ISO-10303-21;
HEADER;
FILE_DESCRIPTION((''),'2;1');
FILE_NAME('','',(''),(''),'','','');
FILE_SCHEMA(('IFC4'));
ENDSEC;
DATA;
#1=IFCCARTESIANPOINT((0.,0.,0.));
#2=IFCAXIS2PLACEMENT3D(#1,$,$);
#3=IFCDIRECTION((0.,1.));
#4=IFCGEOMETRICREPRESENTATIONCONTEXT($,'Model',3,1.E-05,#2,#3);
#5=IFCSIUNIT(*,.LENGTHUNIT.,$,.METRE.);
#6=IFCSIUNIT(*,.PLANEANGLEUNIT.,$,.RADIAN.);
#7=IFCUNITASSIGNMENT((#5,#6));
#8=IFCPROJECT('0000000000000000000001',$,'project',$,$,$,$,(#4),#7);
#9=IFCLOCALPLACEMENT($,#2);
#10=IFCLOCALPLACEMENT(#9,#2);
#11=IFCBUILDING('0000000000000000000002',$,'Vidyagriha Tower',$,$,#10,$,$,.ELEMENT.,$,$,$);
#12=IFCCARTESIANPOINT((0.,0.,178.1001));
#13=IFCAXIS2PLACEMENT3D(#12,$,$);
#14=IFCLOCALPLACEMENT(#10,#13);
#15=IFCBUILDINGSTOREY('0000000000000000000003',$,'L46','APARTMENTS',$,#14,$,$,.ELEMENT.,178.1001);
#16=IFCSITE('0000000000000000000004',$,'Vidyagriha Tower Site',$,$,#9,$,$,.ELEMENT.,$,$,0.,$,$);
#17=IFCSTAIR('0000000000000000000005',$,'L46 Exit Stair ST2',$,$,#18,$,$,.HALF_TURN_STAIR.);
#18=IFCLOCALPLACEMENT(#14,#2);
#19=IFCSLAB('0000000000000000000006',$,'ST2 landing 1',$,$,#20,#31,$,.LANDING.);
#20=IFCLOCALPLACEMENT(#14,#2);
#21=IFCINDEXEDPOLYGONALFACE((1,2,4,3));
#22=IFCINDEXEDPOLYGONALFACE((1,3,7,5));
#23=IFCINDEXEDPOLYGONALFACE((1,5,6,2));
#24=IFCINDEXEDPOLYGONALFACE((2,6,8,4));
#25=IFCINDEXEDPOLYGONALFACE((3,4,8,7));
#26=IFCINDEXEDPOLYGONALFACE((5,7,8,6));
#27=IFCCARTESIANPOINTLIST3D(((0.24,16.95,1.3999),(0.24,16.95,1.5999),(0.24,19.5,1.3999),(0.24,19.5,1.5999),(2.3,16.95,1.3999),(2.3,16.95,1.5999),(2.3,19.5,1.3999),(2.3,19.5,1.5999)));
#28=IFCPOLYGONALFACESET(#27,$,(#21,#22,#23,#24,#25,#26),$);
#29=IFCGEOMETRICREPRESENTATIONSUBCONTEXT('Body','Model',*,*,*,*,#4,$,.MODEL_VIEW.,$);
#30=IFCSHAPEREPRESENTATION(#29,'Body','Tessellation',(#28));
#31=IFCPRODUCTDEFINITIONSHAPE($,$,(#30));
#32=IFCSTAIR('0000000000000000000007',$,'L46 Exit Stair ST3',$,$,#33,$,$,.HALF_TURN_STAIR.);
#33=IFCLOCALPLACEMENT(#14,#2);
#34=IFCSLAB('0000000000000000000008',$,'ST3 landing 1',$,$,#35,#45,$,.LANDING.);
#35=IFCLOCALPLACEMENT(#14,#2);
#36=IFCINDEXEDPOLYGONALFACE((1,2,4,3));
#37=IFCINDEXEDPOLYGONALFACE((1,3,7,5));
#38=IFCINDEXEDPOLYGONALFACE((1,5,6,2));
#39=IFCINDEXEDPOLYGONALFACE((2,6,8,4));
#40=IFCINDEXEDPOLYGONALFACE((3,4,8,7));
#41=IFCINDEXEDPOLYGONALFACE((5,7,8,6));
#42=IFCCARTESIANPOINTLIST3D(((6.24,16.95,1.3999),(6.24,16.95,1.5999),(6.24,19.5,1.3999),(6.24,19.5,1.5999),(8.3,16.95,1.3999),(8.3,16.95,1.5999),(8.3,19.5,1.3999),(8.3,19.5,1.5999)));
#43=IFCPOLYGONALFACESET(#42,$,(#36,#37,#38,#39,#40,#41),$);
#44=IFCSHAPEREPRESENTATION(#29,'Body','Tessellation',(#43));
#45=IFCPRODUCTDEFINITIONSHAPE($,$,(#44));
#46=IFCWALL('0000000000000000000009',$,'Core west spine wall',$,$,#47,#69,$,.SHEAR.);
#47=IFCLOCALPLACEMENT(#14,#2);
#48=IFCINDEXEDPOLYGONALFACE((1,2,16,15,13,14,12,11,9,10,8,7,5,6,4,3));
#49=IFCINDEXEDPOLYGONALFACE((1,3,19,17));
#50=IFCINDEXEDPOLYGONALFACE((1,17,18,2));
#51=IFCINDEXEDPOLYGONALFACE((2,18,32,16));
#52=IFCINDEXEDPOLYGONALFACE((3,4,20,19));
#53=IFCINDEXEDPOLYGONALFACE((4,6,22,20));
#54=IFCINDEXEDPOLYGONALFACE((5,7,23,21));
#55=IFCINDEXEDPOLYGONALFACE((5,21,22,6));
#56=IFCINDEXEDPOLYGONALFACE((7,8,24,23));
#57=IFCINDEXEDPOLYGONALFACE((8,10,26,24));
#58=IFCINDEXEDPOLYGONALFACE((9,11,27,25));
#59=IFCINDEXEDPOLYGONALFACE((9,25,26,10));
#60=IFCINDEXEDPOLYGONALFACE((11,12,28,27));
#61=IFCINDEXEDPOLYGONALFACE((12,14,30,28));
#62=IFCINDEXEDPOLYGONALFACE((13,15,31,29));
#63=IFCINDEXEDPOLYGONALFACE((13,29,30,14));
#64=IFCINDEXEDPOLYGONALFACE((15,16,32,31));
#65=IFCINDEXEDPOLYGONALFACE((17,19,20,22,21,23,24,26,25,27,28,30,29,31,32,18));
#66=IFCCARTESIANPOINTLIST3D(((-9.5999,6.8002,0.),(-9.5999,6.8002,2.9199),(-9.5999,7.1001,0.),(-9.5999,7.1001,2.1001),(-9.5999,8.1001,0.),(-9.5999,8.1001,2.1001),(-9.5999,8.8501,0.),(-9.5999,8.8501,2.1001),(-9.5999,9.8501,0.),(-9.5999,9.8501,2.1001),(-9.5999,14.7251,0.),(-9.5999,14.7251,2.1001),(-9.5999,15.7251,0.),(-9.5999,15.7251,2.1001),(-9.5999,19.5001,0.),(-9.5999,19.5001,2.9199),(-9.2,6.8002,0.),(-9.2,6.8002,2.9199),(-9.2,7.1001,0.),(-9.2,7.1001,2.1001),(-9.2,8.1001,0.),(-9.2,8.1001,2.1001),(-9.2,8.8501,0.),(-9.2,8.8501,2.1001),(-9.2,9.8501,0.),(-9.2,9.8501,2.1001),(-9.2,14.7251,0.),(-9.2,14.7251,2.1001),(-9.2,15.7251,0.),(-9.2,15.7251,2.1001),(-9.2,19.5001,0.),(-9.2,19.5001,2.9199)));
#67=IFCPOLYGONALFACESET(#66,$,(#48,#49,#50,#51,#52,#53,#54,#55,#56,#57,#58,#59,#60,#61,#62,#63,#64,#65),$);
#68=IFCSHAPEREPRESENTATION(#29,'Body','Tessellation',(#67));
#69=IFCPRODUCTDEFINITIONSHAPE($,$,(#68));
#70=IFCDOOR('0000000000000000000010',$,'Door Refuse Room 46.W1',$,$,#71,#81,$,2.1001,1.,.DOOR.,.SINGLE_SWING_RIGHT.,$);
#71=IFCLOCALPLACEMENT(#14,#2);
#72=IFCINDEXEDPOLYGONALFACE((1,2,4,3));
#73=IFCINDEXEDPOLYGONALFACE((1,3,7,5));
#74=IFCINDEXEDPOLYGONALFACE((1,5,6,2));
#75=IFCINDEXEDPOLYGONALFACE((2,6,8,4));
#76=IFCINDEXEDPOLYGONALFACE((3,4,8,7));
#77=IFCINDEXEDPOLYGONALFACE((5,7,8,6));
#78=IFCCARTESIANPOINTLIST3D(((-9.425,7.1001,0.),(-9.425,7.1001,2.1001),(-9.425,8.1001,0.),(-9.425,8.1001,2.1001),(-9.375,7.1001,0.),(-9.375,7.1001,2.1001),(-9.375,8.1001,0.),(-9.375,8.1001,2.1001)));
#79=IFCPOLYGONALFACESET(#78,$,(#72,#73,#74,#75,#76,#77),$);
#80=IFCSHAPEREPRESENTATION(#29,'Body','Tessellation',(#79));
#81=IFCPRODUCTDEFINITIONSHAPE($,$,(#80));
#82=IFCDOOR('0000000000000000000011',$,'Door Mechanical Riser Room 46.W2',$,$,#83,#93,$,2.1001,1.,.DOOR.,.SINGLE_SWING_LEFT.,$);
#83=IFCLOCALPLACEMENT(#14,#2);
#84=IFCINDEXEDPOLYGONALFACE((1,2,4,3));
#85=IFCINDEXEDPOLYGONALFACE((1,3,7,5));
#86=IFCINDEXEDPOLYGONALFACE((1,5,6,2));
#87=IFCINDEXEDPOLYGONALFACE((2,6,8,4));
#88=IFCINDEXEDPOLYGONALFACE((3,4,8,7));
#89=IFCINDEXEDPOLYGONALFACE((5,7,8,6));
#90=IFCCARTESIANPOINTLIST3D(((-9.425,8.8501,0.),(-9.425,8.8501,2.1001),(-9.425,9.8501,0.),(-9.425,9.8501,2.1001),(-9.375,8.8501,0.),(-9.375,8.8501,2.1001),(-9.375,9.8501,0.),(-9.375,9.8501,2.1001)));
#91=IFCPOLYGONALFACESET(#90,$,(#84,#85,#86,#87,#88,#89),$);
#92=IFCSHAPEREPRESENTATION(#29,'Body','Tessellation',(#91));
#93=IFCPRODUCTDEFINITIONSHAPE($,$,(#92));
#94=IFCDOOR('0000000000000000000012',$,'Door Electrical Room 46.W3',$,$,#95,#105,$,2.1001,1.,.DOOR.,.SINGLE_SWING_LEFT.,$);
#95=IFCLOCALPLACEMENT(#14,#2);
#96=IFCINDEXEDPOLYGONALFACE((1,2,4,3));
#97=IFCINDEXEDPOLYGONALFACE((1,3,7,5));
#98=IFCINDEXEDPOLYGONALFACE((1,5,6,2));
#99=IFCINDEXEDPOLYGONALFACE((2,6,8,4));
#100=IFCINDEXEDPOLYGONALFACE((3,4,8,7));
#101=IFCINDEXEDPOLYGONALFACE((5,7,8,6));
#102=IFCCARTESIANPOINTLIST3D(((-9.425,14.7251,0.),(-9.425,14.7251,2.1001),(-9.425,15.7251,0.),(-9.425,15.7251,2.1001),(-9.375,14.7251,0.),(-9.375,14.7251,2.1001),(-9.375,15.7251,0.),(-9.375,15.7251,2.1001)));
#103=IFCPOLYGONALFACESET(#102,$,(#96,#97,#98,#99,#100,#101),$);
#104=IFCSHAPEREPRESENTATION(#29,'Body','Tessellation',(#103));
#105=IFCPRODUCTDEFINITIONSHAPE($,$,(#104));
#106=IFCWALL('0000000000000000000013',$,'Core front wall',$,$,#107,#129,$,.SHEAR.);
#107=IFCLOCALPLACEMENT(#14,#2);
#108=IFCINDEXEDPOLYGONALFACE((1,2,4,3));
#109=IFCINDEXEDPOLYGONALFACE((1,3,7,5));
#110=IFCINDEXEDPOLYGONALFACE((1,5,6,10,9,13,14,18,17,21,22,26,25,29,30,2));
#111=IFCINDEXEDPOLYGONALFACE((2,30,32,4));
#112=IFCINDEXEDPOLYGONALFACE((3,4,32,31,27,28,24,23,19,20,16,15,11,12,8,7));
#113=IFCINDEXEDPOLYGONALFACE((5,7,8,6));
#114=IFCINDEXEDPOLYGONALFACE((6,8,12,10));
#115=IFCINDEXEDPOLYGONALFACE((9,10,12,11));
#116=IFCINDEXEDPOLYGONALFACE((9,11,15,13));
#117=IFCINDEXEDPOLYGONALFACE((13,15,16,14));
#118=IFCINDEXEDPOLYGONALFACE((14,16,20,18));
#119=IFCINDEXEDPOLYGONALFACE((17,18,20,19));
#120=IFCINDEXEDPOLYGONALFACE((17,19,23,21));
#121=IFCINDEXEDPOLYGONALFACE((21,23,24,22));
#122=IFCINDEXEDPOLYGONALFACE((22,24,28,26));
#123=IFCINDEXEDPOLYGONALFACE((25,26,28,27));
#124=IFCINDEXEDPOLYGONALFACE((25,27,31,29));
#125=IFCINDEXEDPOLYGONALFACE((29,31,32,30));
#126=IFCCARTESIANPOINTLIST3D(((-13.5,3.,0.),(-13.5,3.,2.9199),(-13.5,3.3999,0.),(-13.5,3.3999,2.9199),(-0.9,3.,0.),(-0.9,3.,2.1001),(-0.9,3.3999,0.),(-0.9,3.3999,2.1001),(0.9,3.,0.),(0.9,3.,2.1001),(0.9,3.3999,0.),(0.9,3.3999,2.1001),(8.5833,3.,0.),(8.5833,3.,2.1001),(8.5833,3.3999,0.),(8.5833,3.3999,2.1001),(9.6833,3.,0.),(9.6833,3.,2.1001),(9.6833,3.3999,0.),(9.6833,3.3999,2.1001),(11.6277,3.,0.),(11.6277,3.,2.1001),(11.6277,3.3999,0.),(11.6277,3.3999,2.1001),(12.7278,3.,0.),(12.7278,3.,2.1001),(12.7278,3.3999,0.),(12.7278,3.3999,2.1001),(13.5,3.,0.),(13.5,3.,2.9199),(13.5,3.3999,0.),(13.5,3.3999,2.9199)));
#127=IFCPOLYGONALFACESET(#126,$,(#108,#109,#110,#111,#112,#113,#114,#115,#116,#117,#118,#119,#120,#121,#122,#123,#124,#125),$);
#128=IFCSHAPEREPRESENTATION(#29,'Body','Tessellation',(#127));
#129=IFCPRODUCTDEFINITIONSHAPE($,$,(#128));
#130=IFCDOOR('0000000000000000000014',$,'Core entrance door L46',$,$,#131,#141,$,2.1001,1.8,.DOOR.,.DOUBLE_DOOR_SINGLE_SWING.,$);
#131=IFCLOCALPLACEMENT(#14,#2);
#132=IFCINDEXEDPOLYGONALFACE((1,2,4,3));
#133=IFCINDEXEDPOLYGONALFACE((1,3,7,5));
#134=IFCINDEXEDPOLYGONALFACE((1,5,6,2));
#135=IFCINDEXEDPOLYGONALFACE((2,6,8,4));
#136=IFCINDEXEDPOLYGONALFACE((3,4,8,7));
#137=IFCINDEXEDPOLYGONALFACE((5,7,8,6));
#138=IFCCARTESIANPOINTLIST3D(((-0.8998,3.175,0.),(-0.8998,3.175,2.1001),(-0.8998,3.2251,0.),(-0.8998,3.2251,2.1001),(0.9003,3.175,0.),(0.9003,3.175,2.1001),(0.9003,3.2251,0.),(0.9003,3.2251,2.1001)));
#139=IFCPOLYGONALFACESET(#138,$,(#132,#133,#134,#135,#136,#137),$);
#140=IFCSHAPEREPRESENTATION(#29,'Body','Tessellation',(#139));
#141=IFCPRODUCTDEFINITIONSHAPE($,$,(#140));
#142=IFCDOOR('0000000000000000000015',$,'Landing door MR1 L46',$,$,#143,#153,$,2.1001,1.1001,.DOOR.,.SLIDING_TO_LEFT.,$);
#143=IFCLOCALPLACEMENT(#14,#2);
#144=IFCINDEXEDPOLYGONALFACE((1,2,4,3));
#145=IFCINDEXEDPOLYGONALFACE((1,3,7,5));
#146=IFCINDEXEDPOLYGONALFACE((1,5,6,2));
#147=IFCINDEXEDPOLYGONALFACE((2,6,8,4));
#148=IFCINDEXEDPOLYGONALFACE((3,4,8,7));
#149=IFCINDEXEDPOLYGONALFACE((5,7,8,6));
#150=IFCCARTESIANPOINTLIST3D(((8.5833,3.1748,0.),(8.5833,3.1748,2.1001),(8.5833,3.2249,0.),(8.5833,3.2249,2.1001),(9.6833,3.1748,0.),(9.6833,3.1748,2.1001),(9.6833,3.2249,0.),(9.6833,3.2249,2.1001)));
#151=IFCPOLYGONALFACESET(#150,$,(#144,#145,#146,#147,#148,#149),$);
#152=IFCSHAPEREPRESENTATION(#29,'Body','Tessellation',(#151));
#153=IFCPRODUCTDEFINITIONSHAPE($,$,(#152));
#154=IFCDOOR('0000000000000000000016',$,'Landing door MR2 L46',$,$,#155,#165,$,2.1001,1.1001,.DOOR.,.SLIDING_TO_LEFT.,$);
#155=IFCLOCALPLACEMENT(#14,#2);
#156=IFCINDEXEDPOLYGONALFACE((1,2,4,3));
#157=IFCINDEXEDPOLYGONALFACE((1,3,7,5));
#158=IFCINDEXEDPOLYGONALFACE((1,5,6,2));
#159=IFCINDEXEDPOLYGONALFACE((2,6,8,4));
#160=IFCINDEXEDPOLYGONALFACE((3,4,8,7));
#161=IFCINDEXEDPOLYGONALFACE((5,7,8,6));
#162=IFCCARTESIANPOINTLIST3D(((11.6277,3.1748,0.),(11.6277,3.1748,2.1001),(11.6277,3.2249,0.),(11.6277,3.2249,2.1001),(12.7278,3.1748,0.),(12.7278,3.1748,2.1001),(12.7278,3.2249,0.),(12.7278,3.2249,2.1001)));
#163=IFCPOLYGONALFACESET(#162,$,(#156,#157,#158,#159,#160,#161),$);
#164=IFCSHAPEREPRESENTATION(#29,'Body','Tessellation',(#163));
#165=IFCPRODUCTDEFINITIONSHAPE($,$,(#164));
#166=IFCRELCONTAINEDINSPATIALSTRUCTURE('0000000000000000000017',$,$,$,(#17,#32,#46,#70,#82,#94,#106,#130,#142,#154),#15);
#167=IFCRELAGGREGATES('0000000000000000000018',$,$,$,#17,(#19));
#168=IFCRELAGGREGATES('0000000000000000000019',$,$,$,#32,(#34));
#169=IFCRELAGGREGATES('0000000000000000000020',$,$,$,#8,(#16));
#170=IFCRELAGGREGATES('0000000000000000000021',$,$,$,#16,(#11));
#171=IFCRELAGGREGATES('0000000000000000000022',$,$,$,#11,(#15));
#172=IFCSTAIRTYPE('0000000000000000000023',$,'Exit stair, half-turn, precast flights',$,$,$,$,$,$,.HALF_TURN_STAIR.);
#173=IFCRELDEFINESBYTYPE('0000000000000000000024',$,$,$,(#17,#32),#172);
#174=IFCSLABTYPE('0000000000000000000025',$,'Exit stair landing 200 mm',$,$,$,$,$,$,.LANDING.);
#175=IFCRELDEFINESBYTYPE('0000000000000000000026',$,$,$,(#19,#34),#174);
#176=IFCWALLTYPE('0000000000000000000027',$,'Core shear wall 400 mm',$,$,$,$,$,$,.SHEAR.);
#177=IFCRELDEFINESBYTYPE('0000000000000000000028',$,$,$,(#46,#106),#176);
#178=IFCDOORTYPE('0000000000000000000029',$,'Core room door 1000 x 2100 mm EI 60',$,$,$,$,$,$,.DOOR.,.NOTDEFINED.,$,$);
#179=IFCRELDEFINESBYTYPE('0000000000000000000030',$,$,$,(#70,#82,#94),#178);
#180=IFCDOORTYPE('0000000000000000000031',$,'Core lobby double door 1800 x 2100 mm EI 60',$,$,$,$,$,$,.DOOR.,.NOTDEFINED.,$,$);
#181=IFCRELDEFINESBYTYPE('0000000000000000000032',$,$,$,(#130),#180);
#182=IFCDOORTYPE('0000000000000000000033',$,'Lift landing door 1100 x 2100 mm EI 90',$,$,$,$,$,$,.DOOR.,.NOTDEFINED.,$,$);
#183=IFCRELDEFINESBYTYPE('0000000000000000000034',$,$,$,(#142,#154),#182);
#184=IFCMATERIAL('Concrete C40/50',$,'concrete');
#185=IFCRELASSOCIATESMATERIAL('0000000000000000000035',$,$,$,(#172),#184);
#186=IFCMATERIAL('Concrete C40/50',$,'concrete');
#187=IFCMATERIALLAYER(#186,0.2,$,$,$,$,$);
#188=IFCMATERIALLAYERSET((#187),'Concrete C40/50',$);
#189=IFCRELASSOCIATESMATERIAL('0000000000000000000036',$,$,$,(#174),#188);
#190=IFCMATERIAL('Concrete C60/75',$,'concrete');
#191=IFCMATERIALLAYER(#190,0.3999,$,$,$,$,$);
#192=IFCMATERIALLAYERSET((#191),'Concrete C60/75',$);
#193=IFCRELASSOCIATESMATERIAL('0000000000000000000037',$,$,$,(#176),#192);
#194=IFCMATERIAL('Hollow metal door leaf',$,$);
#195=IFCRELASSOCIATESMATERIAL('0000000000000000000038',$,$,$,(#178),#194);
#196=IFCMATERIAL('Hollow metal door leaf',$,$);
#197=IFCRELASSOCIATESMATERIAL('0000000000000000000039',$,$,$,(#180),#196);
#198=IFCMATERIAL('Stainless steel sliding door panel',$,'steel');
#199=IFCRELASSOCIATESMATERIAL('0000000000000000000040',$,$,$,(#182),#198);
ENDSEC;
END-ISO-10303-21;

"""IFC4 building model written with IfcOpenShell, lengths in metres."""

from ifc_helpers import new_model, si_unit, direction, frame, frame_2d, origin, place, context, subcontext, project, spatial, polyline, rectangle, outline, extrude, material, layer, layer_set, type_object, element, fill, aggregate, save


model = new_model("IFC4")

# Units and contexts
model_context = context("Model", 3, precision=1e-05, world=origin(), true_north=direction((0.0, 1.0)))
body_context = subcontext(model_context, "Body", "Model", "MODEL_VIEW")
ifc_project = project(units=[si_unit("LENGTHUNIT", "METRE"), si_unit("PLANEANGLEUNIT", "RADIAN")], contexts=[model_context])

# Site, building, storey
site_placement = place(None, origin())
site = spatial("IfcSite", under=ifc_project, at=site_placement, Name="Vidyagriha Tower Site", CompositionType="ELEMENT", RefElevation=0.0)
building_placement = place(site_placement, origin())
building = spatial("IfcBuilding", under=site, at=building_placement, Name="Vidyagriha Tower", CompositionType="ELEMENT")
storey_placement = place(building_placement, frame((0.0, 0.0, 178.1001)))
storey = spatial("IfcBuildingStorey", under=building, at=storey_placement, Name="L46", Description="APARTMENTS", CompositionType="ELEMENT", Elevation=178.1001)

# Stairs, slabs
ifc_material_1 = material(Name="Concrete C40/50", Category="concrete")
stair_type = type_object("IfcStairType", Name="Exit stair, half-turn, precast flights", PredefinedType="HALF_TURN_STAIR", material=ifc_material_1)
stair_1_placement = place(storey_placement, origin())
stair_1 = element("IfcStair", 1, at=stair_1_placement, inside=storey, type_object=stair_type, Name="L46 Exit Stair ST2", PredefinedType="HALF_TURN_STAIR")
ifc_material_2 = material(Name="Concrete C40/50", Category="concrete")
ifc_layer_1 = layer(ifc_material_2, 0.2)
ifc_layer_set_1 = layer_set([ifc_layer_1], Name="Concrete C40/50")
slab_type = type_object("IfcSlabType", Name="Exit stair landing 200 mm", PredefinedType="LANDING", material=ifc_layer_set_1)
slab_1_placement = place(storey_placement, frame((0.0, 0.0, 1.3999)))
slab_1 = element("IfcSlab", 2, at=slab_1_placement, type_object=slab_type, Name="ST2 landing 1", PredefinedType="LANDING", context=body_context, shape_type="SweptSolid", body=[
    extrude(outline(polyline([(0.24, 16.95), (2.3, 16.95), (2.3, 19.5), (0.24, 19.5), (0.24, 16.95)])), origin(), (0.0, 0.0, 1.0), 0.2),
])
aggregate(stair_1, [slab_1])
stair_2_placement = place(storey_placement, origin())
stair_2 = element("IfcStair", 3, at=stair_2_placement, inside=storey, type_object=stair_type, Name="L46 Exit Stair ST3", PredefinedType="HALF_TURN_STAIR")
slab_2_placement = place(storey_placement, frame((0.0, 0.0, 1.3999)))
slab_2 = element("IfcSlab", 4, at=slab_2_placement, type_object=slab_type, Name="ST3 landing 1", PredefinedType="LANDING", context=body_context, shape_type="SweptSolid", body=[
    extrude(outline(polyline([(6.24, 16.95), (8.3, 16.95), (8.3, 19.5), (6.24, 19.5), (6.24, 16.95)])), origin(), (0.0, 0.0, 1.0), 0.2),
])
aggregate(stair_2, [slab_2])

# Walls, openings, doors
ifc_material_3 = material(Name="Concrete C60/75", Category="concrete")
ifc_layer_2 = layer(ifc_material_3, 0.3999)
ifc_layer_set_2 = layer_set([ifc_layer_2], Name="Concrete C60/75")
wall_type_1 = type_object("IfcWallType", Name="Core shear wall 400 mm", PredefinedType="SHEAR", material=ifc_layer_set_2)
wall_1_placement = place(storey_placement, frame((-9.3999, 6.8, 0.0), z_axis=(0.0, 0.0, 1.0), x_axis=(0.0, 1.0, 0.0)))
wall_1 = element("IfcWall", 5, at=wall_1_placement, inside=storey, type_object=wall_type_1, Name="Core west spine wall", PredefinedType="SHEAR", context=body_context, shape_type="SweptSolid", body=[
    extrude(rectangle(XDim=12.7, YDim=0.3999, at=frame_2d((6.3501, 0.0))), origin(), (0.0, 0.0, 1.0), 2.9199),
])
opening_1_placement = place(wall_1_placement, frame((0.3, 0.0, 0.0)))
opening_1 = element("IfcOpeningElement", 6, at=opening_1_placement, cuts=wall_1, PredefinedType="OPENING", context=body_context, shape_type="SweptSolid", body=[
    extrude(rectangle(XDim=1.0, YDim=2.1001, at=frame_2d((0.5, 1.05))), frame((0.0, 0.21, 0.0), z_axis=(0.0, -1.0, 0.0), x_axis=(1.0, 0.0, 0.0)), (0.0, 0.0, 1.0), 0.4199),
])
opening_2_placement = place(wall_1_placement, frame((2.05, 0.0, 0.0)))
opening_2 = element("IfcOpeningElement", 7, at=opening_2_placement, cuts=wall_1, PredefinedType="OPENING", context=body_context, shape_type="SweptSolid", body=[
    extrude(rectangle(XDim=1.0, YDim=2.1001, at=frame_2d((0.5, 1.05))), frame((0.0, 0.21, 0.0), z_axis=(0.0, -1.0, 0.0), x_axis=(1.0, 0.0, 0.0)), (0.0, 0.0, 1.0), 0.4199),
])
opening_3_placement = place(wall_1_placement, frame((7.925, 0.0, 0.0)))
opening_3 = element("IfcOpeningElement", 8, at=opening_3_placement, cuts=wall_1, PredefinedType="OPENING", context=body_context, shape_type="SweptSolid", body=[
    extrude(rectangle(XDim=1.0, YDim=2.1001, at=frame_2d((0.5, 1.05))), frame((0.0, 0.21, 0.0), z_axis=(0.0, -1.0, 0.0), x_axis=(1.0, 0.0, 0.0)), (0.0, 0.0, 1.0), 0.4199),
])
ifc_material_4 = material(Name="Hollow metal door leaf")
door_type_1 = type_object("IfcDoorType", Name="Core room door 1000 x 2100 mm EI 60", OperationType="NOTDEFINED", PredefinedType="DOOR", material=ifc_material_4)
door_1_placement = place(opening_1_placement, frame((1.0, 0.0, 0.0), z_axis=(0.0, 0.0, 1.0), x_axis=(-1.0, 0.0, 0.0)))
door_1 = element("IfcDoor", 9, at=door_1_placement, inside=storey, type_object=door_type_1, Name="Door Refuse Room 46.W1", OperationType="SINGLE_SWING_RIGHT", OverallHeight=2.1001, OverallWidth=1.0, PredefinedType="DOOR", context=body_context, shape_type="SweptSolid", body=[
    extrude(rectangle(XDim=1.0, YDim=2.1001, at=frame_2d((0.5, 1.05))), frame((0.0, 0.0249, 0.0), z_axis=(0.0, -1.0, 0.0), x_axis=(1.0, 0.0, 0.0)), (0.0, 0.0, 1.0), 0.05),
])
fill(opening_1, door_1)
door_2_placement = place(opening_2_placement, frame((1.0, 0.0, 0.0), z_axis=(0.0, 0.0, 1.0), x_axis=(-1.0, 0.0, 0.0)))
door_2 = element("IfcDoor", 10, at=door_2_placement, inside=storey, type_object=door_type_1, Name="Door Mechanical Riser Room 46.W2", OperationType="SINGLE_SWING_LEFT", OverallHeight=2.1001, OverallWidth=1.0, PredefinedType="DOOR", context=body_context, shape_type="SweptSolid", body=[
    extrude(rectangle(XDim=1.0, YDim=2.1001, at=frame_2d((0.5, 1.05))), frame((0.0, 0.0249, 0.0), z_axis=(0.0, -1.0, 0.0), x_axis=(1.0, 0.0, 0.0)), (0.0, 0.0, 1.0), 0.05),
])
fill(opening_2, door_2)
door_3_placement = place(opening_3_placement, frame((1.0, 0.0, 0.0), z_axis=(0.0, 0.0, 1.0), x_axis=(-1.0, 0.0, 0.0)))
door_3 = element("IfcDoor", 11, at=door_3_placement, inside=storey, type_object=door_type_1, Name="Door Electrical Room 46.W3", OperationType="SINGLE_SWING_LEFT", OverallHeight=2.1001, OverallWidth=1.0, PredefinedType="DOOR", context=body_context, shape_type="SweptSolid", body=[
    extrude(rectangle(XDim=1.0, YDim=2.1001, at=frame_2d((0.5, 1.05))), frame((0.0, 0.0249, 0.0), z_axis=(0.0, -1.0, 0.0), x_axis=(1.0, 0.0, 0.0)), (0.0, 0.0, 1.0), 0.05),
])
fill(opening_3, door_3)
wall_2_placement = place(storey_placement, frame((-13.5, 3.2, 0.0)))
wall_2 = element("IfcWall", 12, at=wall_2_placement, inside=storey, type_object=wall_type_1, Name="Core front wall", PredefinedType="SHEAR", context=body_context, shape_type="SweptSolid", body=[
    extrude(rectangle(XDim=27.0, YDim=0.3999, at=frame_2d((13.5, 0.0))), origin(), (0.0, 0.0, 1.0), 2.9199),
])
opening_4_placement = place(wall_2_placement, frame((22.0833, 0.0, 0.0)))
opening_4 = element("IfcOpeningElement", 13, at=opening_4_placement, cuts=wall_2, PredefinedType="OPENING", context=body_context, shape_type="SweptSolid", body=[
    extrude(rectangle(XDim=1.1001, YDim=2.1001, at=frame_2d((0.55, 1.05))), frame((0.0, 0.21, 0.0), z_axis=(0.0, -1.0, 0.0), x_axis=(1.0, 0.0, 0.0)), (0.0, 0.0, 1.0), 0.4199),
])
opening_5_placement = place(wall_2_placement, frame((25.1277, 0.0, 0.0)))
opening_5 = element("IfcOpeningElement", 14, at=opening_5_placement, cuts=wall_2, PredefinedType="OPENING", context=body_context, shape_type="SweptSolid", body=[
    extrude(rectangle(XDim=1.1001, YDim=2.1001, at=frame_2d((0.55, 1.05))), frame((0.0, 0.21, 0.0), z_axis=(0.0, -1.0, 0.0), x_axis=(1.0, 0.0, 0.0)), (0.0, 0.0, 1.0), 0.4199),
])
opening_6_placement = place(wall_2_placement, frame((12.6001, 0.0, 0.0)))
opening_6 = element("IfcOpeningElement", 15, at=opening_6_placement, cuts=wall_2, PredefinedType="OPENING", context=body_context, shape_type="SweptSolid", body=[
    extrude(rectangle(XDim=1.8, YDim=2.1001, at=frame_2d((0.8999, 1.05))), frame((0.0, 0.21, 0.0), z_axis=(0.0, -1.0, 0.0), x_axis=(1.0, 0.0, 0.0)), (0.0, 0.0, 1.0), 0.4199),
])
ifc_material_5 = material(Name="Hollow metal door leaf")
door_type_2 = type_object("IfcDoorType", Name="Core lobby double door 1800 x 2100 mm EI 60", OperationType="NOTDEFINED", PredefinedType="DOOR", material=ifc_material_5)
door_4_placement = place(opening_6_placement, frame((1.8, 0.0, 0.0), z_axis=(0.0, 0.0, 1.0), x_axis=(-1.0, 0.0, 0.0)))
door_4 = element("IfcDoor", 16, at=door_4_placement, inside=storey, type_object=door_type_2, Name="Core entrance door L46", OperationType="DOUBLE_DOOR_SINGLE_SWING", OverallHeight=2.1001, OverallWidth=1.8, PredefinedType="DOOR", context=body_context, shape_type="SweptSolid", body=[
    extrude(rectangle(XDim=1.8, YDim=2.1001, at=frame_2d((0.8999, 1.05))), frame((0.0, 0.0249, 0.0), z_axis=(0.0, -1.0, 0.0), x_axis=(1.0, 0.0, 0.0)), (0.0, 0.0, 1.0), 0.05),
])
fill(opening_6, door_4)
ifc_material_6 = material(Name="Stainless steel sliding door panel", Category="steel")
door_type_3 = type_object("IfcDoorType", Name="Lift landing door 1100 x 2100 mm EI 90", OperationType="NOTDEFINED", PredefinedType="DOOR", material=ifc_material_6)
door_5_placement = place(opening_4_placement, origin())
door_5 = element("IfcDoor", 17, at=door_5_placement, inside=storey, type_object=door_type_3, Name="Landing door MR1 L46", OperationType="SLIDING_TO_LEFT", OverallHeight=2.1001, OverallWidth=1.1001, PredefinedType="DOOR", context=body_context, shape_type="SweptSolid", body=[
    extrude(rectangle(XDim=1.1001, YDim=2.1001, at=frame_2d((0.55, 1.05))), frame((0.0, 0.0249, 0.0), z_axis=(0.0, -1.0, 0.0), x_axis=(1.0, 0.0, 0.0)), (0.0, 0.0, 1.0), 0.05),
])
fill(opening_4, door_5)
door_6_placement = place(opening_5_placement, origin())
door_6 = element("IfcDoor", 18, at=door_6_placement, inside=storey, type_object=door_type_3, Name="Landing door MR2 L46", OperationType="SLIDING_TO_LEFT", OverallHeight=2.1001, OverallWidth=1.1001, PredefinedType="DOOR", context=body_context, shape_type="SweptSolid", body=[
    extrude(rectangle(XDim=1.1001, YDim=2.1001, at=frame_2d((0.55, 1.05))), frame((0.0, 0.0249, 0.0), z_axis=(0.0, -1.0, 0.0), x_axis=(1.0, 0.0, 0.0)), (0.0, 0.0, 1.0), 0.05),
])
fill(opening_5, door_6)

save(model, "model.ifc")
